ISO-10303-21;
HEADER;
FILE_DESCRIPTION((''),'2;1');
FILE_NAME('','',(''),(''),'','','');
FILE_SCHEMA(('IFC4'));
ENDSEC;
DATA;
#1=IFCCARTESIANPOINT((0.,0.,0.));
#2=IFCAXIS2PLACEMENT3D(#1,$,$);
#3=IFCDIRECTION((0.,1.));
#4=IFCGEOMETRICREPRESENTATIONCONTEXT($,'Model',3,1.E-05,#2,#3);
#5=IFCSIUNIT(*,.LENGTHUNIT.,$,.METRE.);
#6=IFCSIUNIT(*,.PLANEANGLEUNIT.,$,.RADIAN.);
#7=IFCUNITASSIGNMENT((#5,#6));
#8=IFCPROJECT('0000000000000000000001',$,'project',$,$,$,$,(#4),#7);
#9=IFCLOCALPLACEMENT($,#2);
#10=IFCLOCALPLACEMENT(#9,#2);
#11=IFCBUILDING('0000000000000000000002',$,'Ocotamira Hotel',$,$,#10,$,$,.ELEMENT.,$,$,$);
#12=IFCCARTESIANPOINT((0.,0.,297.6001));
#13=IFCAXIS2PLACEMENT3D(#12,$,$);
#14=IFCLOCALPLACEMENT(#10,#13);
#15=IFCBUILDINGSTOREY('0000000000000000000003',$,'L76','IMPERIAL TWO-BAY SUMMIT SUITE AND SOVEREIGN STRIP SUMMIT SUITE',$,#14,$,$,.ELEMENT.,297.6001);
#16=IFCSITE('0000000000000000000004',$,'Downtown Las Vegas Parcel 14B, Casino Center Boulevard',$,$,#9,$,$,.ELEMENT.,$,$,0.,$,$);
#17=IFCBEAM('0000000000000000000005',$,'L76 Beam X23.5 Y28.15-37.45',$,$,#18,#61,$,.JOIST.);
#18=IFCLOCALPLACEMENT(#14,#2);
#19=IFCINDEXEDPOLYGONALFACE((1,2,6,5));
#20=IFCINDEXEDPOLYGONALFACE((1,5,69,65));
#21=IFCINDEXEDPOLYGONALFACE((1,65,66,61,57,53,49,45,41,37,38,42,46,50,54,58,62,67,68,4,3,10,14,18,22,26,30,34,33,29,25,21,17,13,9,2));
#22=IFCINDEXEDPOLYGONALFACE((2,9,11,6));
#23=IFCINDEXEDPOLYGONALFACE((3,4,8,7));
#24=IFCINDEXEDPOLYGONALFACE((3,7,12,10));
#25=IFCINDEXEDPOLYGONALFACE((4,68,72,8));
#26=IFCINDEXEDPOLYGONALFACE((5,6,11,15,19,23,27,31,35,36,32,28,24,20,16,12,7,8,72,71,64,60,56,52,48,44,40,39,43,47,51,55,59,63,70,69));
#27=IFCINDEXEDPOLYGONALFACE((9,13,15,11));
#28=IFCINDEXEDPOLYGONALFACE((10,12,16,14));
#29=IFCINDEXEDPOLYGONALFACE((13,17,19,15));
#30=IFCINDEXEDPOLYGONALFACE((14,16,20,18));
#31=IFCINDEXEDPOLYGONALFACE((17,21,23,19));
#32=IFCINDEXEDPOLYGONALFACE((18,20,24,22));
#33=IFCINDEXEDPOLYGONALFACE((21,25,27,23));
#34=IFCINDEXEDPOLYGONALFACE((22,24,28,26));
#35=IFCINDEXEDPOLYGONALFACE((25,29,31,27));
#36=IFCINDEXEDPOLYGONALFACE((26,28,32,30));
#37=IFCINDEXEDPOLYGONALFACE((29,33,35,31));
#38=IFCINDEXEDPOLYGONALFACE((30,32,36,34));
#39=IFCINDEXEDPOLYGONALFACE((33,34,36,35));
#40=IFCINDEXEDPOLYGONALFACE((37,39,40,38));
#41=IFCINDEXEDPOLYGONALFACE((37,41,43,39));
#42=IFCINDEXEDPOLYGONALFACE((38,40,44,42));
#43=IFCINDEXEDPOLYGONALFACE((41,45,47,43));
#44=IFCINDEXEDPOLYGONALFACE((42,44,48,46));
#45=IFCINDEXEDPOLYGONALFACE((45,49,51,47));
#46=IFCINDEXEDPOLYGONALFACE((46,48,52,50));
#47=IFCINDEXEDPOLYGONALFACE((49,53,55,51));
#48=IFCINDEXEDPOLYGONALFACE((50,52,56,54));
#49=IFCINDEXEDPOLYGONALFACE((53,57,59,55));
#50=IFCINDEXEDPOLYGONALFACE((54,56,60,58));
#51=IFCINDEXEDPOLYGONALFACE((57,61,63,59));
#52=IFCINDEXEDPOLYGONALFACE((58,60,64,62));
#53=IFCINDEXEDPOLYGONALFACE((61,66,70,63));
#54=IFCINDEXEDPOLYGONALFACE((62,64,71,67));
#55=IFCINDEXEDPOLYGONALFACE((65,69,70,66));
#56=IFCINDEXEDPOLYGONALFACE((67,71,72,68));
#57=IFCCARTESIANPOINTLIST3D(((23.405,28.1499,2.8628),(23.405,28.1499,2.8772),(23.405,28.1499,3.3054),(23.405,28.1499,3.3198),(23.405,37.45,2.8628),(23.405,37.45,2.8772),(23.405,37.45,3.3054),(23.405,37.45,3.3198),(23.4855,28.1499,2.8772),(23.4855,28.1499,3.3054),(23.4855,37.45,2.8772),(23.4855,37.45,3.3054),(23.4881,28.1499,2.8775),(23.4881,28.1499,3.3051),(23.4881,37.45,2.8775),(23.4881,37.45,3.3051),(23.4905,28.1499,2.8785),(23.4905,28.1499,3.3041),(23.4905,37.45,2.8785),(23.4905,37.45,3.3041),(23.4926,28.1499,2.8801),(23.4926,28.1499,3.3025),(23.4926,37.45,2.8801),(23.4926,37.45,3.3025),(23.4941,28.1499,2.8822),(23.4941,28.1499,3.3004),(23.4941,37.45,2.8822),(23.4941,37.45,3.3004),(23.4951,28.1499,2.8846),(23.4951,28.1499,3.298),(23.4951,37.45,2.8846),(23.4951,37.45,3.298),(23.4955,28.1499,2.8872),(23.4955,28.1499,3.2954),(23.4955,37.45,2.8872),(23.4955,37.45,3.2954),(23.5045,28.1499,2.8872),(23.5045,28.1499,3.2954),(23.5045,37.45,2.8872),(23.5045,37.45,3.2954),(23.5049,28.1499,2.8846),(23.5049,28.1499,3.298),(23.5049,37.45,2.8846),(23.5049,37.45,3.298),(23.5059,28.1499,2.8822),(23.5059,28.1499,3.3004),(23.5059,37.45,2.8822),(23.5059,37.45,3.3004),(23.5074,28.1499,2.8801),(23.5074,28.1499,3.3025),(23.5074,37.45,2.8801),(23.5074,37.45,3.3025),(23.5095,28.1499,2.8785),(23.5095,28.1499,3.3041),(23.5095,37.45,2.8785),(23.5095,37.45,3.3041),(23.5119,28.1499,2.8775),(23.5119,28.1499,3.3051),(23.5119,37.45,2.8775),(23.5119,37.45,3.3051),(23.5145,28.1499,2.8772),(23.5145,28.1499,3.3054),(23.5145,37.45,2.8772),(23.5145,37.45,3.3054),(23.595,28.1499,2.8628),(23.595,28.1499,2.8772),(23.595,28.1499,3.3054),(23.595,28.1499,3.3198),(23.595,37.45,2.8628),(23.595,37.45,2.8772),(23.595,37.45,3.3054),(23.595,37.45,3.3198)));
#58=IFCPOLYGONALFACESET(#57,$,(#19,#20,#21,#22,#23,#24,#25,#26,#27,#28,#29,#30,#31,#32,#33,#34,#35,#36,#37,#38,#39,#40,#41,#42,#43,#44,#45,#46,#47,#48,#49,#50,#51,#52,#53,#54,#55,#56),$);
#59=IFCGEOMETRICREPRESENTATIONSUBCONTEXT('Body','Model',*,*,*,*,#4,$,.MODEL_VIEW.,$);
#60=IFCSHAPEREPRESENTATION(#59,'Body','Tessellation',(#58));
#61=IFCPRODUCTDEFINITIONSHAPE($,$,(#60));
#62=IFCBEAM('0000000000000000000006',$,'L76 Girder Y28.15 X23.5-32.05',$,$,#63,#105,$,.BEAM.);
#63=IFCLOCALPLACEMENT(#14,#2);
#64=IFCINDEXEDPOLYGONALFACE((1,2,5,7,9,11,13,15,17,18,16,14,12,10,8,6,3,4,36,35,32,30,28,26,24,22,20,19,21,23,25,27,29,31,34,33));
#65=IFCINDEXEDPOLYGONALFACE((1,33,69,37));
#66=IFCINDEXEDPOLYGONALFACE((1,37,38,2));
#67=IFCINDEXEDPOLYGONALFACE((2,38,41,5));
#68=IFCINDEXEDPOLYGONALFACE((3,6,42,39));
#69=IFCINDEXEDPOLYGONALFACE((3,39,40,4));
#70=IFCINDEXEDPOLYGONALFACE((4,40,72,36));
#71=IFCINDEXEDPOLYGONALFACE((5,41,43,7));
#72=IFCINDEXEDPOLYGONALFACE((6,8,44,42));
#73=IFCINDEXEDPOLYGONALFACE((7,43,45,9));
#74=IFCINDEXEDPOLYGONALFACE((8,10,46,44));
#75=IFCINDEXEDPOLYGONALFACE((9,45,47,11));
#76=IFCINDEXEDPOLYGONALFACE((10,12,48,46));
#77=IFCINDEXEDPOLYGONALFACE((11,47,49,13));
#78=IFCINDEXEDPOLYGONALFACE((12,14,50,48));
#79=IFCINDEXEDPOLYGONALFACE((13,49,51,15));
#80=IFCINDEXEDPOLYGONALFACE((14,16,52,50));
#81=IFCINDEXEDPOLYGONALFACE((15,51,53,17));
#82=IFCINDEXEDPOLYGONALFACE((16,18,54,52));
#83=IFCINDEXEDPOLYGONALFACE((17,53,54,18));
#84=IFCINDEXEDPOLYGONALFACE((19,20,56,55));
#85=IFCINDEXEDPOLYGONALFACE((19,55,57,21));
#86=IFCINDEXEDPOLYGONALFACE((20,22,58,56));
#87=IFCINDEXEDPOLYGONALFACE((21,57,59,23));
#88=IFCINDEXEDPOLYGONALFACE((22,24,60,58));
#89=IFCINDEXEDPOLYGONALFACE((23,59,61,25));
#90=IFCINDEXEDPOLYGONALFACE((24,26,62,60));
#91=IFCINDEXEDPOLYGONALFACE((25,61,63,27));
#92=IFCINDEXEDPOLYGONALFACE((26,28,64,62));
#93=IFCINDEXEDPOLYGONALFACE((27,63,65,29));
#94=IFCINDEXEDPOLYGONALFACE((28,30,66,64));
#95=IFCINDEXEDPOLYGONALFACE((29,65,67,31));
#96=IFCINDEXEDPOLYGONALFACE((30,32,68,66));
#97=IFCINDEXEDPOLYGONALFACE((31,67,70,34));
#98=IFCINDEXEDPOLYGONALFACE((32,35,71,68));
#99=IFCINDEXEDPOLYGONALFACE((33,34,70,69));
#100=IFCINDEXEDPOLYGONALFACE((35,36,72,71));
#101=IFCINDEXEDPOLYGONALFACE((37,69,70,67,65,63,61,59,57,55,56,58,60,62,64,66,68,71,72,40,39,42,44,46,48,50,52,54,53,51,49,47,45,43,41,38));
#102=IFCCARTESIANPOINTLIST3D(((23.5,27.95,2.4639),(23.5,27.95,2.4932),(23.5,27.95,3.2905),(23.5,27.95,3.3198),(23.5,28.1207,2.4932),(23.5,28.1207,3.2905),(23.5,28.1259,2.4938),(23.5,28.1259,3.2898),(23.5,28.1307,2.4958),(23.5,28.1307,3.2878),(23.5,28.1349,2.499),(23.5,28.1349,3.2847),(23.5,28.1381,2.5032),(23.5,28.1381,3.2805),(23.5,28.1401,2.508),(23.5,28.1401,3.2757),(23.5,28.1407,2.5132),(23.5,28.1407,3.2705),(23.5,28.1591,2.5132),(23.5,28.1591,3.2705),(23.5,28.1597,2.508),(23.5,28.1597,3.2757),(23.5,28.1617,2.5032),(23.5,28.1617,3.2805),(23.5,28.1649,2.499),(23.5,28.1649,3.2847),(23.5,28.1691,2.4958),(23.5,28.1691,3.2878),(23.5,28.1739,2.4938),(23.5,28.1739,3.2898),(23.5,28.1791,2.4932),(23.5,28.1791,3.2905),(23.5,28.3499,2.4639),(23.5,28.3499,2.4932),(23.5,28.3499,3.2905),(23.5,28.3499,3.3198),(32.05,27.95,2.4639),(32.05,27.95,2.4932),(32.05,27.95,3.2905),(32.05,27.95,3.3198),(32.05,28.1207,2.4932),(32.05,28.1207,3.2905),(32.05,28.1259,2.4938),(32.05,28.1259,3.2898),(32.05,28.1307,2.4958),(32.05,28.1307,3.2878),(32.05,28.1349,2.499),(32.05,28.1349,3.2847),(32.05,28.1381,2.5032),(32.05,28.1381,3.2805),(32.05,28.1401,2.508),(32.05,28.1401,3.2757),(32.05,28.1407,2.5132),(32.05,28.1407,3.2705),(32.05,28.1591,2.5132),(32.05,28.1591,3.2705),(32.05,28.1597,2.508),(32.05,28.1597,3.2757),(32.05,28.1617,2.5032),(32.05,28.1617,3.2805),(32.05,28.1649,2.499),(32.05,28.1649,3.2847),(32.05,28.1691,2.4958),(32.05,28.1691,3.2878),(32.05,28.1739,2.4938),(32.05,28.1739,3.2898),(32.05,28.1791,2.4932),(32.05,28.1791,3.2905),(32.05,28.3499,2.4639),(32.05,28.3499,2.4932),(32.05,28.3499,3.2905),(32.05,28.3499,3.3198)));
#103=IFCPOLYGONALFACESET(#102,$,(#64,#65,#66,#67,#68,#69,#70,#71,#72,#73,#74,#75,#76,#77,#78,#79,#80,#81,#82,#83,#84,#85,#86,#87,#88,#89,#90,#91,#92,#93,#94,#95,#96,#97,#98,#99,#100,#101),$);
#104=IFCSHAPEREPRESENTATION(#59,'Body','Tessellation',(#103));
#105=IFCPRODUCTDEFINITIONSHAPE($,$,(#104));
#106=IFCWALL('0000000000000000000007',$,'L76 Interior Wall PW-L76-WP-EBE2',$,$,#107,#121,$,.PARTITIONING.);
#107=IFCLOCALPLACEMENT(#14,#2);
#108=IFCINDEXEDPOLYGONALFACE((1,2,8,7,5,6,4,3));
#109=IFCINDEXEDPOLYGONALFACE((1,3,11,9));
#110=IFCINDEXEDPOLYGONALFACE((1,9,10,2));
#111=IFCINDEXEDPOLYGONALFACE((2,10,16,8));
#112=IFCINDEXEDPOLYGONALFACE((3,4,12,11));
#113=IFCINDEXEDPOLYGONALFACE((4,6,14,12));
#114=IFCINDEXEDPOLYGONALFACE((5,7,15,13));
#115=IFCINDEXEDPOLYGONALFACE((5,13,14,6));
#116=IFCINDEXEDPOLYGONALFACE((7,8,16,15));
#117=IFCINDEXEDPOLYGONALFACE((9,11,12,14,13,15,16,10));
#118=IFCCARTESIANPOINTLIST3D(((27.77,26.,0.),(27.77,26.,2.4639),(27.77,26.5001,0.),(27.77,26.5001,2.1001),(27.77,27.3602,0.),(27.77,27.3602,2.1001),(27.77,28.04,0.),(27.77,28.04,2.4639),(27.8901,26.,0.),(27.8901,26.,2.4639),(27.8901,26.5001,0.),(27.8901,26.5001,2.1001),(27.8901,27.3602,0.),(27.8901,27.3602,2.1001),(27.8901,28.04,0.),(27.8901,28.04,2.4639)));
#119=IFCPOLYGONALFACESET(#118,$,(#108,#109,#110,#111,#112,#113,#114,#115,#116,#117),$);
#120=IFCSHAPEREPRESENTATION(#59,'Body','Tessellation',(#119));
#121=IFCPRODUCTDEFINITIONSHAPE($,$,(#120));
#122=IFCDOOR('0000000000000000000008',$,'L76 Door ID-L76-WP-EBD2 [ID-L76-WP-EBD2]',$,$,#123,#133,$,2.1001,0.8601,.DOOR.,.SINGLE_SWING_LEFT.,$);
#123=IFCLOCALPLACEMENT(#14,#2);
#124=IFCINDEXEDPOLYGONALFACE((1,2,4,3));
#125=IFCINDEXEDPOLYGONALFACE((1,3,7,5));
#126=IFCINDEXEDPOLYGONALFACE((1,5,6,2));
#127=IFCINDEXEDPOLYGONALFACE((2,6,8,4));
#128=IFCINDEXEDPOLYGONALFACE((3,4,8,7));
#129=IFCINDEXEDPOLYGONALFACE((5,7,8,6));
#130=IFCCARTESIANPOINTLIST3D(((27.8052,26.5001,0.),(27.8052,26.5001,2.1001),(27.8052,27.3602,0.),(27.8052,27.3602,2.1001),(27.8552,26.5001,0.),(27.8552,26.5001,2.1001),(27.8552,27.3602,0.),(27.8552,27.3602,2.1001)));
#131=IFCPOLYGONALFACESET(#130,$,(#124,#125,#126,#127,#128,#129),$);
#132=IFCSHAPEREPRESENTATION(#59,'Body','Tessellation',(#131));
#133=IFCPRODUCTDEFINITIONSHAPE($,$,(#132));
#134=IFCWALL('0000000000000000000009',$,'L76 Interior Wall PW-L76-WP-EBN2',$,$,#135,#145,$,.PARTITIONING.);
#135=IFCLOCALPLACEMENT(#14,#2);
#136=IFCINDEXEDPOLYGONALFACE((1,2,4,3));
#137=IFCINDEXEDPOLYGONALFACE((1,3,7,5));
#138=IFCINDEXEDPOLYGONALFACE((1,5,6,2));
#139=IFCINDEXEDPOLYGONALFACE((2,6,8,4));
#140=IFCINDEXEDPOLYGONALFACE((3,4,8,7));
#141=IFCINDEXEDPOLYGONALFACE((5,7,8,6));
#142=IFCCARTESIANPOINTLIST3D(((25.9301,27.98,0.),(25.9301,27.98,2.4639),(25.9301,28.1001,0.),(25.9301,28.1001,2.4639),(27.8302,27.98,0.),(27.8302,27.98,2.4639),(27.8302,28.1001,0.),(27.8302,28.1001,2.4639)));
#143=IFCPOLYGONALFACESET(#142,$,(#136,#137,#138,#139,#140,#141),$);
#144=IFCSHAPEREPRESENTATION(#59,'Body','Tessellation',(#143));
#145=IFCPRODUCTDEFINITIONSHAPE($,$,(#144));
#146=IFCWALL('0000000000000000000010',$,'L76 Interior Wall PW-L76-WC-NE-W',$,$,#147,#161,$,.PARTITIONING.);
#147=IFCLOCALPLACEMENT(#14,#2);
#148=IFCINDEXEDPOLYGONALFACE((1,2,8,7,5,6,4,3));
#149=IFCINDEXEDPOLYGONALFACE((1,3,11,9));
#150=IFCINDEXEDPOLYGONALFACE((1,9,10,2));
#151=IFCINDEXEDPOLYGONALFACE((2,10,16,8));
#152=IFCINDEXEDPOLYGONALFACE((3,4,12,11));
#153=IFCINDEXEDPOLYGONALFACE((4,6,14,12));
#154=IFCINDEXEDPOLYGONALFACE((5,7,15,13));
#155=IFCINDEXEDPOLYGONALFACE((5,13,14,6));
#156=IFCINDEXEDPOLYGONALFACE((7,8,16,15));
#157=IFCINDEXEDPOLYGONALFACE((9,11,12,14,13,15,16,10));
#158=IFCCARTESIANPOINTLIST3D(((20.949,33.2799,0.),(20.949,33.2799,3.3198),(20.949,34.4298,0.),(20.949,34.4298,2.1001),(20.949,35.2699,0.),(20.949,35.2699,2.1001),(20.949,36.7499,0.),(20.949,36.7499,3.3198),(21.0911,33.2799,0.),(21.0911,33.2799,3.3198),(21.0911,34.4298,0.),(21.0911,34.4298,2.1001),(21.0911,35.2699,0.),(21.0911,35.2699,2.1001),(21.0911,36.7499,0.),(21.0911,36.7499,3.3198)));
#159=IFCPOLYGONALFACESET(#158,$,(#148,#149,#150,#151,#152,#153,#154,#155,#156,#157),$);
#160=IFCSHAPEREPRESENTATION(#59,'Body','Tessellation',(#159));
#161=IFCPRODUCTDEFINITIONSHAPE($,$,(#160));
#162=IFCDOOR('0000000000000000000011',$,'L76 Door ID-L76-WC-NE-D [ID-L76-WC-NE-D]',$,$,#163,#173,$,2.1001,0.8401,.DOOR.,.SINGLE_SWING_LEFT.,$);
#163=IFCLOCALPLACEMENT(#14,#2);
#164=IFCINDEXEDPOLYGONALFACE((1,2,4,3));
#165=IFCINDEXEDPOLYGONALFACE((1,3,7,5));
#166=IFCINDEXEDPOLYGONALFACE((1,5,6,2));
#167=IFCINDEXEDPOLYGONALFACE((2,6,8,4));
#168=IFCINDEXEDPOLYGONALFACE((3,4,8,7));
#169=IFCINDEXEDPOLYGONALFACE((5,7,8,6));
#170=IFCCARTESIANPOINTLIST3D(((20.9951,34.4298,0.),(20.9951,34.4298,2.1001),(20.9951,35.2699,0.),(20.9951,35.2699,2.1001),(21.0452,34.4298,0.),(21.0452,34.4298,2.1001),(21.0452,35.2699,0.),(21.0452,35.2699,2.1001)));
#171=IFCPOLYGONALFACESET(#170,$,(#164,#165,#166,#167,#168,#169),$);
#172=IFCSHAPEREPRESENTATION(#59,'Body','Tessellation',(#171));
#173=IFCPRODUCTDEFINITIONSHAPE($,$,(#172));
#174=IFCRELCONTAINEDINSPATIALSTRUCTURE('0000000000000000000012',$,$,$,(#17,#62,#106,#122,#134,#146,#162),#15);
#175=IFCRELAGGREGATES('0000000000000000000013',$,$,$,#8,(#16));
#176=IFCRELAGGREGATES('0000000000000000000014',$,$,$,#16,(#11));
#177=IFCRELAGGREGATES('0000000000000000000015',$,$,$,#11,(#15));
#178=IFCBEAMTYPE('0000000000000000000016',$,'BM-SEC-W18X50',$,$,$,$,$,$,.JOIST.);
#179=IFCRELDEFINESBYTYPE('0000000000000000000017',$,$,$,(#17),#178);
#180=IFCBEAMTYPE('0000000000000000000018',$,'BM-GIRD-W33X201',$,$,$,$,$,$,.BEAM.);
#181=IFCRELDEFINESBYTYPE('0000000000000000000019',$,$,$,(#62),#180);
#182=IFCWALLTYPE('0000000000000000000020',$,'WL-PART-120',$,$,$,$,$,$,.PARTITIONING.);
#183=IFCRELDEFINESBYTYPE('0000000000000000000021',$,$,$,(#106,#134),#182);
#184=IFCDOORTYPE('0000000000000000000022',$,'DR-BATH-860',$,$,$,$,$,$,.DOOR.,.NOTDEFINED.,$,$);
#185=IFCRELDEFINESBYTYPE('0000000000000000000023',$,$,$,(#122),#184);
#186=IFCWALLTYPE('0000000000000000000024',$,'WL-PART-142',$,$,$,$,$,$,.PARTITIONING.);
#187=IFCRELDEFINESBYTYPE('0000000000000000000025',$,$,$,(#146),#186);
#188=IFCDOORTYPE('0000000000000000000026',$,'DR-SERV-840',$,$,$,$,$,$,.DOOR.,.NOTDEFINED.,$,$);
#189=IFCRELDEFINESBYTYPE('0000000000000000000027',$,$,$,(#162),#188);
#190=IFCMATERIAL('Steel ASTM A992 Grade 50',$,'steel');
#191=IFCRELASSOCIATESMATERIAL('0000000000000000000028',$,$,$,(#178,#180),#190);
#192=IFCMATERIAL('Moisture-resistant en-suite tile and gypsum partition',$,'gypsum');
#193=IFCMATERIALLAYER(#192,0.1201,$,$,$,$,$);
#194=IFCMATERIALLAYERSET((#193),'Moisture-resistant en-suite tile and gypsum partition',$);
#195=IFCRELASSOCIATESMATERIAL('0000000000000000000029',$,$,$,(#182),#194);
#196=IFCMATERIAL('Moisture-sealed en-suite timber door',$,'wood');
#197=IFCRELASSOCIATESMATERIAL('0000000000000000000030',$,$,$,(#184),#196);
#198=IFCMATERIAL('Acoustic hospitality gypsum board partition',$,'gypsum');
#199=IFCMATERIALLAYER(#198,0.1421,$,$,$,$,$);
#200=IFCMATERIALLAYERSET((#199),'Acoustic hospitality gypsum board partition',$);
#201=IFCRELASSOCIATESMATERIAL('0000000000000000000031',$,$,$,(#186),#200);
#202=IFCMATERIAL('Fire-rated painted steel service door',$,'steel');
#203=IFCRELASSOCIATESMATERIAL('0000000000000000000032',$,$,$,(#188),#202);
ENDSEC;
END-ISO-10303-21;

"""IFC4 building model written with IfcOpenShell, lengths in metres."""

from ifc_helpers import new_model, si_unit, direction, frame, frame_2d, origin, origin_2d, place, context, subcontext, project, spatial, rectangle, i_section, extrude, source, transform, mapped, material, layer, layer_set, material_profile, profile_set, type_object, element, fill, save


model = new_model("IFC4")

# Units and contexts
model_context = context("Model", 3, precision=1e-05, world=origin(), true_north=direction((0.0, 1.0)))
body_context = subcontext(model_context, "Body", "Model", "MODEL_VIEW")
ifc_project = project(units=[si_unit("LENGTHUNIT", "METRE"), si_unit("PLANEANGLEUNIT", "RADIAN")], contexts=[model_context])

# Site, building, storey
site_placement = place(None, origin())
site = spatial("IfcSite", under=ifc_project, at=site_placement, Name="Downtown Las Vegas Parcel 14B, Casino Center Boulevard", CompositionType="ELEMENT", RefElevation=0.0)
building_placement = place(site_placement, origin())
building = spatial("IfcBuilding", under=site, at=building_placement, Name="Ocotamira Hotel", CompositionType="ELEMENT")
storey_placement = place(building_placement, frame((0.0, 0.0, 297.6001)))
storey = spatial("IfcBuildingStorey", under=building, at=storey_placement, Name="L76", Description="IMPERIAL TWO-BAY SUMMIT SUITE AND SOVEREIGN STRIP SUMMIT SUITE", CompositionType="ELEMENT", Elevation=297.6001)

# Shared definitions
ifc_material_1 = material(Name="Steel ASTM A992 Grade 50", Category="steel")

# Beams
ifc_material_profile_1 = material_profile(ifc_material_1, i_section(OverallWidth=0.1899, OverallDepth=0.457, WebThickness=0.009, FlangeThickness=0.0144, FilletRadius=0.01, at=origin_2d()), Name="W18X50")
ifc_profile_set_1 = profile_set([ifc_material_profile_1], Name="Steel ASTM A992 Grade 50")
beam_type_1 = type_object("IfcBeamType", Name="BM-SEC-W18X50", PredefinedType="JOIST", material=ifc_profile_set_1)
shared_shape_1 = source(origin(), body_context, "Body", "SweptSolid", [
    extrude(i_section(OverallWidth=0.1899, OverallDepth=0.457, WebThickness=0.009, FlangeThickness=0.0144, FilletRadius=0.01, at=origin_2d()), origin(), (0.0, 0.0, 1.0), 9.3),
])
beam_1_placement = place(storey_placement, frame((23.5, 28.1499, 3.0913), z_axis=(0.0, 1.0, 0.0), x_axis=(-1.0, 0.0, 0.0)))
element("IfcBeam", 1, at=beam_1_placement, inside=storey, type_object=beam_type_1, Name="L76 Beam X23.5 Y28.15-37.45", PredefinedType="JOIST", context=body_context, shape_type="MappedRepresentation", body=[
    mapped(shared_shape_1, transform((0.0, 0.0, 0.0), scale=1.0)),
])
ifc_material_profile_2 = material_profile(ifc_material_1, i_section(OverallWidth=0.3999, OverallDepth=0.856, WebThickness=0.0183, FlangeThickness=0.0293, FilletRadius=0.02, at=origin_2d()), Name="W33X201")
ifc_profile_set_2 = profile_set([ifc_material_profile_2], Name="Steel ASTM A992 Grade 50")
beam_type_2 = type_object("IfcBeamType", Name="BM-GIRD-W33X201", PredefinedType="BEAM", material=ifc_profile_set_2)
shared_shape_2 = source(origin(), body_context, "Body", "SweptSolid", [
    extrude(i_section(OverallWidth=0.3999, OverallDepth=0.856, WebThickness=0.0183, FlangeThickness=0.0293, FilletRadius=0.02, at=origin_2d()), origin(), (0.0, 0.0, 1.0), 8.55),
])
beam_2_placement = place(storey_placement, frame((23.5, 28.1499, 2.8918), z_axis=(1.0, 0.0, 0.0), x_axis=(0.0, 1.0, 0.0)))
element("IfcBeam", 2, at=beam_2_placement, inside=storey, type_object=beam_type_2, Name="L76 Girder Y28.15 X23.5-32.05", PredefinedType="BEAM", context=body_context, shape_type="MappedRepresentation", body=[
    mapped(shared_shape_2, transform((0.0, 0.0, 0.0), scale=1.0)),
])

# Wall, opening, door
ifc_material_2 = material(Name="Moisture-resistant en-suite tile and gypsum partition", Category="gypsum")
ifc_layer_1 = layer(ifc_material_2, 0.1201)
ifc_layer_set_1 = layer_set([ifc_layer_1], Name="Moisture-resistant en-suite tile and gypsum partition")
wall_type_1 = type_object("IfcWallType", Name="WL-PART-120", PredefinedType="PARTITIONING", material=ifc_layer_set_1)
wall_1_placement = place(storey_placement, frame((27.8301, 26.0, 0.0), z_axis=(0.0, 0.0, 1.0), x_axis=(0.0, 1.0, 0.0)))
wall_1 = element("IfcWall", 3, at=wall_1_placement, inside=storey, type_object=wall_type_1, Name="L76 Interior Wall PW-L76-WP-EBE2", PredefinedType="PARTITIONING", context=body_context, shape_type="SweptSolid", body=[
    extrude(rectangle(XDim=2.04, YDim=0.1201, at=frame_2d((1.02, 0.0))), origin(), (0.0, 0.0, 1.0), 2.4639),
])
opening_1_placement = place(wall_1_placement, frame((0.5, 0.0, 0.0)))
opening_1 = element("IfcOpeningElement", 4, at=opening_1_placement, cuts=wall_1, PredefinedType="OPENING", context=body_context, shape_type="SweptSolid", body=[
    extrude(rectangle(XDim=0.8601, YDim=2.1001, at=frame_2d((0.4302, 1.05))), frame((0.0, 0.0701, 0.0), z_axis=(0.0, -1.0, 0.0), x_axis=(1.0, 0.0, 0.0)), (0.0, 0.0, 1.0), 0.1401),
])
ifc_material_3 = material(Name="Moisture-sealed en-suite timber door", Category="wood")
door_type_1 = type_object("IfcDoorType", Name="DR-BATH-860", OperationType="NOTDEFINED", PredefinedType="DOOR", material=ifc_material_3)
shared_shape_3 = source(origin(), body_context, "Body", "SweptSolid", [
    extrude(rectangle(XDim=0.8601, YDim=2.1001, at=frame_2d((0.4302, 1.05))), frame((0.0, 0.0249, 0.0), z_axis=(0.0, -1.0, 0.0), x_axis=(1.0, 0.0, 0.0)), (0.0, 0.0, 1.0), 0.05),
])
door_1_placement = place(opening_1_placement, origin())
door_1 = element("IfcDoor", 5, at=door_1_placement, inside=storey, type_object=door_type_1, Name="L76 Door ID-L76-WP-EBD2 [ID-L76-WP-EBD2]", OperationType="SINGLE_SWING_LEFT", OverallHeight=2.1001, OverallWidth=0.8601, PredefinedType="DOOR", context=body_context, shape_type="MappedRepresentation", body=[
    mapped(shared_shape_3, transform((0.0, 0.0, 0.0), scale=1.0)),
])
fill(opening_1, door_1)

# Wall
wall_2_placement = place(storey_placement, frame((25.9299, 28.04, 0.0), z_axis=(0.0, 0.0, 1.0), x_axis=(1.0, 0.0, 0.0)))
element("IfcWall", 6, at=wall_2_placement, inside=storey, type_object=wall_type_1, Name="L76 Interior Wall PW-L76-WP-EBN2", PredefinedType="PARTITIONING", context=body_context, shape_type="SweptSolid", body=[
    extrude(rectangle(XDim=1.9001, YDim=0.1201, at=frame_2d((0.9502, 0.0))), origin(), (0.0, 0.0, 1.0), 2.4639),
])

# Wall, opening, door
ifc_material_4 = material(Name="Acoustic hospitality gypsum board partition", Category="gypsum")
ifc_layer_2 = layer(ifc_material_4, 0.1421)
ifc_layer_set_2 = layer_set([ifc_layer_2], Name="Acoustic hospitality gypsum board partition")
wall_type_2 = type_object("IfcWallType", Name="WL-PART-142", PredefinedType="PARTITIONING", material=ifc_layer_set_2)
wall_3_placement = place(storey_placement, frame((21.02, 33.28, 0.0), z_axis=(0.0, 0.0, 1.0), x_axis=(0.0, 1.0, 0.0)))
wall_3 = element("IfcWall", 7, at=wall_3_placement, inside=storey, type_object=wall_type_2, Name="L76 Interior Wall PW-L76-WC-NE-W", PredefinedType="PARTITIONING", context=body_context, shape_type="SweptSolid", body=[
    extrude(rectangle(XDim=3.47, YDim=0.1421, at=frame_2d((1.7349, 0.0))), origin(), (0.0, 0.0, 1.0), 3.3198),
])
opening_2_placement = place(wall_3_placement, frame((1.1499, 0.0, 0.0)))
opening_2 = element("IfcOpeningElement", 8, at=opening_2_placement, cuts=wall_3, PredefinedType="OPENING", context=body_context, shape_type="SweptSolid", body=[
    extrude(rectangle(XDim=0.8401, YDim=2.1001, at=frame_2d((0.4199, 1.05))), frame((0.0, 0.0811, 0.0), z_axis=(0.0, -1.0, 0.0), x_axis=(1.0, 0.0, 0.0)), (0.0, 0.0, 1.0), 0.1621),
])
ifc_material_5 = material(Name="Fire-rated painted steel service door", Category="steel")
door_type_2 = type_object("IfcDoorType", Name="DR-SERV-840", OperationType="NOTDEFINED", PredefinedType="DOOR", material=ifc_material_5)
shared_shape_4 = source(origin(), body_context, "Body", "SweptSolid", [
    extrude(rectangle(XDim=0.8401, YDim=2.1001, at=frame_2d((0.4199, 1.05))), frame((0.0, 0.0249, 0.0), z_axis=(0.0, -1.0, 0.0), x_axis=(1.0, 0.0, 0.0)), (0.0, 0.0, 1.0), 0.05),
])
door_2_placement = place(opening_2_placement, origin())
door_2 = element("IfcDoor", 9, at=door_2_placement, inside=storey, type_object=door_type_2, Name="L76 Door ID-L76-WC-NE-D [ID-L76-WC-NE-D]", OperationType="SINGLE_SWING_LEFT", OverallHeight=2.1001, OverallWidth=0.8401, PredefinedType="DOOR", context=body_context, shape_type="MappedRepresentation", body=[
    mapped(shared_shape_4, transform((0.0, 0.0, 0.0), scale=1.0)),
])
fill(opening_2, door_2)

save(model, "model.ifc")
